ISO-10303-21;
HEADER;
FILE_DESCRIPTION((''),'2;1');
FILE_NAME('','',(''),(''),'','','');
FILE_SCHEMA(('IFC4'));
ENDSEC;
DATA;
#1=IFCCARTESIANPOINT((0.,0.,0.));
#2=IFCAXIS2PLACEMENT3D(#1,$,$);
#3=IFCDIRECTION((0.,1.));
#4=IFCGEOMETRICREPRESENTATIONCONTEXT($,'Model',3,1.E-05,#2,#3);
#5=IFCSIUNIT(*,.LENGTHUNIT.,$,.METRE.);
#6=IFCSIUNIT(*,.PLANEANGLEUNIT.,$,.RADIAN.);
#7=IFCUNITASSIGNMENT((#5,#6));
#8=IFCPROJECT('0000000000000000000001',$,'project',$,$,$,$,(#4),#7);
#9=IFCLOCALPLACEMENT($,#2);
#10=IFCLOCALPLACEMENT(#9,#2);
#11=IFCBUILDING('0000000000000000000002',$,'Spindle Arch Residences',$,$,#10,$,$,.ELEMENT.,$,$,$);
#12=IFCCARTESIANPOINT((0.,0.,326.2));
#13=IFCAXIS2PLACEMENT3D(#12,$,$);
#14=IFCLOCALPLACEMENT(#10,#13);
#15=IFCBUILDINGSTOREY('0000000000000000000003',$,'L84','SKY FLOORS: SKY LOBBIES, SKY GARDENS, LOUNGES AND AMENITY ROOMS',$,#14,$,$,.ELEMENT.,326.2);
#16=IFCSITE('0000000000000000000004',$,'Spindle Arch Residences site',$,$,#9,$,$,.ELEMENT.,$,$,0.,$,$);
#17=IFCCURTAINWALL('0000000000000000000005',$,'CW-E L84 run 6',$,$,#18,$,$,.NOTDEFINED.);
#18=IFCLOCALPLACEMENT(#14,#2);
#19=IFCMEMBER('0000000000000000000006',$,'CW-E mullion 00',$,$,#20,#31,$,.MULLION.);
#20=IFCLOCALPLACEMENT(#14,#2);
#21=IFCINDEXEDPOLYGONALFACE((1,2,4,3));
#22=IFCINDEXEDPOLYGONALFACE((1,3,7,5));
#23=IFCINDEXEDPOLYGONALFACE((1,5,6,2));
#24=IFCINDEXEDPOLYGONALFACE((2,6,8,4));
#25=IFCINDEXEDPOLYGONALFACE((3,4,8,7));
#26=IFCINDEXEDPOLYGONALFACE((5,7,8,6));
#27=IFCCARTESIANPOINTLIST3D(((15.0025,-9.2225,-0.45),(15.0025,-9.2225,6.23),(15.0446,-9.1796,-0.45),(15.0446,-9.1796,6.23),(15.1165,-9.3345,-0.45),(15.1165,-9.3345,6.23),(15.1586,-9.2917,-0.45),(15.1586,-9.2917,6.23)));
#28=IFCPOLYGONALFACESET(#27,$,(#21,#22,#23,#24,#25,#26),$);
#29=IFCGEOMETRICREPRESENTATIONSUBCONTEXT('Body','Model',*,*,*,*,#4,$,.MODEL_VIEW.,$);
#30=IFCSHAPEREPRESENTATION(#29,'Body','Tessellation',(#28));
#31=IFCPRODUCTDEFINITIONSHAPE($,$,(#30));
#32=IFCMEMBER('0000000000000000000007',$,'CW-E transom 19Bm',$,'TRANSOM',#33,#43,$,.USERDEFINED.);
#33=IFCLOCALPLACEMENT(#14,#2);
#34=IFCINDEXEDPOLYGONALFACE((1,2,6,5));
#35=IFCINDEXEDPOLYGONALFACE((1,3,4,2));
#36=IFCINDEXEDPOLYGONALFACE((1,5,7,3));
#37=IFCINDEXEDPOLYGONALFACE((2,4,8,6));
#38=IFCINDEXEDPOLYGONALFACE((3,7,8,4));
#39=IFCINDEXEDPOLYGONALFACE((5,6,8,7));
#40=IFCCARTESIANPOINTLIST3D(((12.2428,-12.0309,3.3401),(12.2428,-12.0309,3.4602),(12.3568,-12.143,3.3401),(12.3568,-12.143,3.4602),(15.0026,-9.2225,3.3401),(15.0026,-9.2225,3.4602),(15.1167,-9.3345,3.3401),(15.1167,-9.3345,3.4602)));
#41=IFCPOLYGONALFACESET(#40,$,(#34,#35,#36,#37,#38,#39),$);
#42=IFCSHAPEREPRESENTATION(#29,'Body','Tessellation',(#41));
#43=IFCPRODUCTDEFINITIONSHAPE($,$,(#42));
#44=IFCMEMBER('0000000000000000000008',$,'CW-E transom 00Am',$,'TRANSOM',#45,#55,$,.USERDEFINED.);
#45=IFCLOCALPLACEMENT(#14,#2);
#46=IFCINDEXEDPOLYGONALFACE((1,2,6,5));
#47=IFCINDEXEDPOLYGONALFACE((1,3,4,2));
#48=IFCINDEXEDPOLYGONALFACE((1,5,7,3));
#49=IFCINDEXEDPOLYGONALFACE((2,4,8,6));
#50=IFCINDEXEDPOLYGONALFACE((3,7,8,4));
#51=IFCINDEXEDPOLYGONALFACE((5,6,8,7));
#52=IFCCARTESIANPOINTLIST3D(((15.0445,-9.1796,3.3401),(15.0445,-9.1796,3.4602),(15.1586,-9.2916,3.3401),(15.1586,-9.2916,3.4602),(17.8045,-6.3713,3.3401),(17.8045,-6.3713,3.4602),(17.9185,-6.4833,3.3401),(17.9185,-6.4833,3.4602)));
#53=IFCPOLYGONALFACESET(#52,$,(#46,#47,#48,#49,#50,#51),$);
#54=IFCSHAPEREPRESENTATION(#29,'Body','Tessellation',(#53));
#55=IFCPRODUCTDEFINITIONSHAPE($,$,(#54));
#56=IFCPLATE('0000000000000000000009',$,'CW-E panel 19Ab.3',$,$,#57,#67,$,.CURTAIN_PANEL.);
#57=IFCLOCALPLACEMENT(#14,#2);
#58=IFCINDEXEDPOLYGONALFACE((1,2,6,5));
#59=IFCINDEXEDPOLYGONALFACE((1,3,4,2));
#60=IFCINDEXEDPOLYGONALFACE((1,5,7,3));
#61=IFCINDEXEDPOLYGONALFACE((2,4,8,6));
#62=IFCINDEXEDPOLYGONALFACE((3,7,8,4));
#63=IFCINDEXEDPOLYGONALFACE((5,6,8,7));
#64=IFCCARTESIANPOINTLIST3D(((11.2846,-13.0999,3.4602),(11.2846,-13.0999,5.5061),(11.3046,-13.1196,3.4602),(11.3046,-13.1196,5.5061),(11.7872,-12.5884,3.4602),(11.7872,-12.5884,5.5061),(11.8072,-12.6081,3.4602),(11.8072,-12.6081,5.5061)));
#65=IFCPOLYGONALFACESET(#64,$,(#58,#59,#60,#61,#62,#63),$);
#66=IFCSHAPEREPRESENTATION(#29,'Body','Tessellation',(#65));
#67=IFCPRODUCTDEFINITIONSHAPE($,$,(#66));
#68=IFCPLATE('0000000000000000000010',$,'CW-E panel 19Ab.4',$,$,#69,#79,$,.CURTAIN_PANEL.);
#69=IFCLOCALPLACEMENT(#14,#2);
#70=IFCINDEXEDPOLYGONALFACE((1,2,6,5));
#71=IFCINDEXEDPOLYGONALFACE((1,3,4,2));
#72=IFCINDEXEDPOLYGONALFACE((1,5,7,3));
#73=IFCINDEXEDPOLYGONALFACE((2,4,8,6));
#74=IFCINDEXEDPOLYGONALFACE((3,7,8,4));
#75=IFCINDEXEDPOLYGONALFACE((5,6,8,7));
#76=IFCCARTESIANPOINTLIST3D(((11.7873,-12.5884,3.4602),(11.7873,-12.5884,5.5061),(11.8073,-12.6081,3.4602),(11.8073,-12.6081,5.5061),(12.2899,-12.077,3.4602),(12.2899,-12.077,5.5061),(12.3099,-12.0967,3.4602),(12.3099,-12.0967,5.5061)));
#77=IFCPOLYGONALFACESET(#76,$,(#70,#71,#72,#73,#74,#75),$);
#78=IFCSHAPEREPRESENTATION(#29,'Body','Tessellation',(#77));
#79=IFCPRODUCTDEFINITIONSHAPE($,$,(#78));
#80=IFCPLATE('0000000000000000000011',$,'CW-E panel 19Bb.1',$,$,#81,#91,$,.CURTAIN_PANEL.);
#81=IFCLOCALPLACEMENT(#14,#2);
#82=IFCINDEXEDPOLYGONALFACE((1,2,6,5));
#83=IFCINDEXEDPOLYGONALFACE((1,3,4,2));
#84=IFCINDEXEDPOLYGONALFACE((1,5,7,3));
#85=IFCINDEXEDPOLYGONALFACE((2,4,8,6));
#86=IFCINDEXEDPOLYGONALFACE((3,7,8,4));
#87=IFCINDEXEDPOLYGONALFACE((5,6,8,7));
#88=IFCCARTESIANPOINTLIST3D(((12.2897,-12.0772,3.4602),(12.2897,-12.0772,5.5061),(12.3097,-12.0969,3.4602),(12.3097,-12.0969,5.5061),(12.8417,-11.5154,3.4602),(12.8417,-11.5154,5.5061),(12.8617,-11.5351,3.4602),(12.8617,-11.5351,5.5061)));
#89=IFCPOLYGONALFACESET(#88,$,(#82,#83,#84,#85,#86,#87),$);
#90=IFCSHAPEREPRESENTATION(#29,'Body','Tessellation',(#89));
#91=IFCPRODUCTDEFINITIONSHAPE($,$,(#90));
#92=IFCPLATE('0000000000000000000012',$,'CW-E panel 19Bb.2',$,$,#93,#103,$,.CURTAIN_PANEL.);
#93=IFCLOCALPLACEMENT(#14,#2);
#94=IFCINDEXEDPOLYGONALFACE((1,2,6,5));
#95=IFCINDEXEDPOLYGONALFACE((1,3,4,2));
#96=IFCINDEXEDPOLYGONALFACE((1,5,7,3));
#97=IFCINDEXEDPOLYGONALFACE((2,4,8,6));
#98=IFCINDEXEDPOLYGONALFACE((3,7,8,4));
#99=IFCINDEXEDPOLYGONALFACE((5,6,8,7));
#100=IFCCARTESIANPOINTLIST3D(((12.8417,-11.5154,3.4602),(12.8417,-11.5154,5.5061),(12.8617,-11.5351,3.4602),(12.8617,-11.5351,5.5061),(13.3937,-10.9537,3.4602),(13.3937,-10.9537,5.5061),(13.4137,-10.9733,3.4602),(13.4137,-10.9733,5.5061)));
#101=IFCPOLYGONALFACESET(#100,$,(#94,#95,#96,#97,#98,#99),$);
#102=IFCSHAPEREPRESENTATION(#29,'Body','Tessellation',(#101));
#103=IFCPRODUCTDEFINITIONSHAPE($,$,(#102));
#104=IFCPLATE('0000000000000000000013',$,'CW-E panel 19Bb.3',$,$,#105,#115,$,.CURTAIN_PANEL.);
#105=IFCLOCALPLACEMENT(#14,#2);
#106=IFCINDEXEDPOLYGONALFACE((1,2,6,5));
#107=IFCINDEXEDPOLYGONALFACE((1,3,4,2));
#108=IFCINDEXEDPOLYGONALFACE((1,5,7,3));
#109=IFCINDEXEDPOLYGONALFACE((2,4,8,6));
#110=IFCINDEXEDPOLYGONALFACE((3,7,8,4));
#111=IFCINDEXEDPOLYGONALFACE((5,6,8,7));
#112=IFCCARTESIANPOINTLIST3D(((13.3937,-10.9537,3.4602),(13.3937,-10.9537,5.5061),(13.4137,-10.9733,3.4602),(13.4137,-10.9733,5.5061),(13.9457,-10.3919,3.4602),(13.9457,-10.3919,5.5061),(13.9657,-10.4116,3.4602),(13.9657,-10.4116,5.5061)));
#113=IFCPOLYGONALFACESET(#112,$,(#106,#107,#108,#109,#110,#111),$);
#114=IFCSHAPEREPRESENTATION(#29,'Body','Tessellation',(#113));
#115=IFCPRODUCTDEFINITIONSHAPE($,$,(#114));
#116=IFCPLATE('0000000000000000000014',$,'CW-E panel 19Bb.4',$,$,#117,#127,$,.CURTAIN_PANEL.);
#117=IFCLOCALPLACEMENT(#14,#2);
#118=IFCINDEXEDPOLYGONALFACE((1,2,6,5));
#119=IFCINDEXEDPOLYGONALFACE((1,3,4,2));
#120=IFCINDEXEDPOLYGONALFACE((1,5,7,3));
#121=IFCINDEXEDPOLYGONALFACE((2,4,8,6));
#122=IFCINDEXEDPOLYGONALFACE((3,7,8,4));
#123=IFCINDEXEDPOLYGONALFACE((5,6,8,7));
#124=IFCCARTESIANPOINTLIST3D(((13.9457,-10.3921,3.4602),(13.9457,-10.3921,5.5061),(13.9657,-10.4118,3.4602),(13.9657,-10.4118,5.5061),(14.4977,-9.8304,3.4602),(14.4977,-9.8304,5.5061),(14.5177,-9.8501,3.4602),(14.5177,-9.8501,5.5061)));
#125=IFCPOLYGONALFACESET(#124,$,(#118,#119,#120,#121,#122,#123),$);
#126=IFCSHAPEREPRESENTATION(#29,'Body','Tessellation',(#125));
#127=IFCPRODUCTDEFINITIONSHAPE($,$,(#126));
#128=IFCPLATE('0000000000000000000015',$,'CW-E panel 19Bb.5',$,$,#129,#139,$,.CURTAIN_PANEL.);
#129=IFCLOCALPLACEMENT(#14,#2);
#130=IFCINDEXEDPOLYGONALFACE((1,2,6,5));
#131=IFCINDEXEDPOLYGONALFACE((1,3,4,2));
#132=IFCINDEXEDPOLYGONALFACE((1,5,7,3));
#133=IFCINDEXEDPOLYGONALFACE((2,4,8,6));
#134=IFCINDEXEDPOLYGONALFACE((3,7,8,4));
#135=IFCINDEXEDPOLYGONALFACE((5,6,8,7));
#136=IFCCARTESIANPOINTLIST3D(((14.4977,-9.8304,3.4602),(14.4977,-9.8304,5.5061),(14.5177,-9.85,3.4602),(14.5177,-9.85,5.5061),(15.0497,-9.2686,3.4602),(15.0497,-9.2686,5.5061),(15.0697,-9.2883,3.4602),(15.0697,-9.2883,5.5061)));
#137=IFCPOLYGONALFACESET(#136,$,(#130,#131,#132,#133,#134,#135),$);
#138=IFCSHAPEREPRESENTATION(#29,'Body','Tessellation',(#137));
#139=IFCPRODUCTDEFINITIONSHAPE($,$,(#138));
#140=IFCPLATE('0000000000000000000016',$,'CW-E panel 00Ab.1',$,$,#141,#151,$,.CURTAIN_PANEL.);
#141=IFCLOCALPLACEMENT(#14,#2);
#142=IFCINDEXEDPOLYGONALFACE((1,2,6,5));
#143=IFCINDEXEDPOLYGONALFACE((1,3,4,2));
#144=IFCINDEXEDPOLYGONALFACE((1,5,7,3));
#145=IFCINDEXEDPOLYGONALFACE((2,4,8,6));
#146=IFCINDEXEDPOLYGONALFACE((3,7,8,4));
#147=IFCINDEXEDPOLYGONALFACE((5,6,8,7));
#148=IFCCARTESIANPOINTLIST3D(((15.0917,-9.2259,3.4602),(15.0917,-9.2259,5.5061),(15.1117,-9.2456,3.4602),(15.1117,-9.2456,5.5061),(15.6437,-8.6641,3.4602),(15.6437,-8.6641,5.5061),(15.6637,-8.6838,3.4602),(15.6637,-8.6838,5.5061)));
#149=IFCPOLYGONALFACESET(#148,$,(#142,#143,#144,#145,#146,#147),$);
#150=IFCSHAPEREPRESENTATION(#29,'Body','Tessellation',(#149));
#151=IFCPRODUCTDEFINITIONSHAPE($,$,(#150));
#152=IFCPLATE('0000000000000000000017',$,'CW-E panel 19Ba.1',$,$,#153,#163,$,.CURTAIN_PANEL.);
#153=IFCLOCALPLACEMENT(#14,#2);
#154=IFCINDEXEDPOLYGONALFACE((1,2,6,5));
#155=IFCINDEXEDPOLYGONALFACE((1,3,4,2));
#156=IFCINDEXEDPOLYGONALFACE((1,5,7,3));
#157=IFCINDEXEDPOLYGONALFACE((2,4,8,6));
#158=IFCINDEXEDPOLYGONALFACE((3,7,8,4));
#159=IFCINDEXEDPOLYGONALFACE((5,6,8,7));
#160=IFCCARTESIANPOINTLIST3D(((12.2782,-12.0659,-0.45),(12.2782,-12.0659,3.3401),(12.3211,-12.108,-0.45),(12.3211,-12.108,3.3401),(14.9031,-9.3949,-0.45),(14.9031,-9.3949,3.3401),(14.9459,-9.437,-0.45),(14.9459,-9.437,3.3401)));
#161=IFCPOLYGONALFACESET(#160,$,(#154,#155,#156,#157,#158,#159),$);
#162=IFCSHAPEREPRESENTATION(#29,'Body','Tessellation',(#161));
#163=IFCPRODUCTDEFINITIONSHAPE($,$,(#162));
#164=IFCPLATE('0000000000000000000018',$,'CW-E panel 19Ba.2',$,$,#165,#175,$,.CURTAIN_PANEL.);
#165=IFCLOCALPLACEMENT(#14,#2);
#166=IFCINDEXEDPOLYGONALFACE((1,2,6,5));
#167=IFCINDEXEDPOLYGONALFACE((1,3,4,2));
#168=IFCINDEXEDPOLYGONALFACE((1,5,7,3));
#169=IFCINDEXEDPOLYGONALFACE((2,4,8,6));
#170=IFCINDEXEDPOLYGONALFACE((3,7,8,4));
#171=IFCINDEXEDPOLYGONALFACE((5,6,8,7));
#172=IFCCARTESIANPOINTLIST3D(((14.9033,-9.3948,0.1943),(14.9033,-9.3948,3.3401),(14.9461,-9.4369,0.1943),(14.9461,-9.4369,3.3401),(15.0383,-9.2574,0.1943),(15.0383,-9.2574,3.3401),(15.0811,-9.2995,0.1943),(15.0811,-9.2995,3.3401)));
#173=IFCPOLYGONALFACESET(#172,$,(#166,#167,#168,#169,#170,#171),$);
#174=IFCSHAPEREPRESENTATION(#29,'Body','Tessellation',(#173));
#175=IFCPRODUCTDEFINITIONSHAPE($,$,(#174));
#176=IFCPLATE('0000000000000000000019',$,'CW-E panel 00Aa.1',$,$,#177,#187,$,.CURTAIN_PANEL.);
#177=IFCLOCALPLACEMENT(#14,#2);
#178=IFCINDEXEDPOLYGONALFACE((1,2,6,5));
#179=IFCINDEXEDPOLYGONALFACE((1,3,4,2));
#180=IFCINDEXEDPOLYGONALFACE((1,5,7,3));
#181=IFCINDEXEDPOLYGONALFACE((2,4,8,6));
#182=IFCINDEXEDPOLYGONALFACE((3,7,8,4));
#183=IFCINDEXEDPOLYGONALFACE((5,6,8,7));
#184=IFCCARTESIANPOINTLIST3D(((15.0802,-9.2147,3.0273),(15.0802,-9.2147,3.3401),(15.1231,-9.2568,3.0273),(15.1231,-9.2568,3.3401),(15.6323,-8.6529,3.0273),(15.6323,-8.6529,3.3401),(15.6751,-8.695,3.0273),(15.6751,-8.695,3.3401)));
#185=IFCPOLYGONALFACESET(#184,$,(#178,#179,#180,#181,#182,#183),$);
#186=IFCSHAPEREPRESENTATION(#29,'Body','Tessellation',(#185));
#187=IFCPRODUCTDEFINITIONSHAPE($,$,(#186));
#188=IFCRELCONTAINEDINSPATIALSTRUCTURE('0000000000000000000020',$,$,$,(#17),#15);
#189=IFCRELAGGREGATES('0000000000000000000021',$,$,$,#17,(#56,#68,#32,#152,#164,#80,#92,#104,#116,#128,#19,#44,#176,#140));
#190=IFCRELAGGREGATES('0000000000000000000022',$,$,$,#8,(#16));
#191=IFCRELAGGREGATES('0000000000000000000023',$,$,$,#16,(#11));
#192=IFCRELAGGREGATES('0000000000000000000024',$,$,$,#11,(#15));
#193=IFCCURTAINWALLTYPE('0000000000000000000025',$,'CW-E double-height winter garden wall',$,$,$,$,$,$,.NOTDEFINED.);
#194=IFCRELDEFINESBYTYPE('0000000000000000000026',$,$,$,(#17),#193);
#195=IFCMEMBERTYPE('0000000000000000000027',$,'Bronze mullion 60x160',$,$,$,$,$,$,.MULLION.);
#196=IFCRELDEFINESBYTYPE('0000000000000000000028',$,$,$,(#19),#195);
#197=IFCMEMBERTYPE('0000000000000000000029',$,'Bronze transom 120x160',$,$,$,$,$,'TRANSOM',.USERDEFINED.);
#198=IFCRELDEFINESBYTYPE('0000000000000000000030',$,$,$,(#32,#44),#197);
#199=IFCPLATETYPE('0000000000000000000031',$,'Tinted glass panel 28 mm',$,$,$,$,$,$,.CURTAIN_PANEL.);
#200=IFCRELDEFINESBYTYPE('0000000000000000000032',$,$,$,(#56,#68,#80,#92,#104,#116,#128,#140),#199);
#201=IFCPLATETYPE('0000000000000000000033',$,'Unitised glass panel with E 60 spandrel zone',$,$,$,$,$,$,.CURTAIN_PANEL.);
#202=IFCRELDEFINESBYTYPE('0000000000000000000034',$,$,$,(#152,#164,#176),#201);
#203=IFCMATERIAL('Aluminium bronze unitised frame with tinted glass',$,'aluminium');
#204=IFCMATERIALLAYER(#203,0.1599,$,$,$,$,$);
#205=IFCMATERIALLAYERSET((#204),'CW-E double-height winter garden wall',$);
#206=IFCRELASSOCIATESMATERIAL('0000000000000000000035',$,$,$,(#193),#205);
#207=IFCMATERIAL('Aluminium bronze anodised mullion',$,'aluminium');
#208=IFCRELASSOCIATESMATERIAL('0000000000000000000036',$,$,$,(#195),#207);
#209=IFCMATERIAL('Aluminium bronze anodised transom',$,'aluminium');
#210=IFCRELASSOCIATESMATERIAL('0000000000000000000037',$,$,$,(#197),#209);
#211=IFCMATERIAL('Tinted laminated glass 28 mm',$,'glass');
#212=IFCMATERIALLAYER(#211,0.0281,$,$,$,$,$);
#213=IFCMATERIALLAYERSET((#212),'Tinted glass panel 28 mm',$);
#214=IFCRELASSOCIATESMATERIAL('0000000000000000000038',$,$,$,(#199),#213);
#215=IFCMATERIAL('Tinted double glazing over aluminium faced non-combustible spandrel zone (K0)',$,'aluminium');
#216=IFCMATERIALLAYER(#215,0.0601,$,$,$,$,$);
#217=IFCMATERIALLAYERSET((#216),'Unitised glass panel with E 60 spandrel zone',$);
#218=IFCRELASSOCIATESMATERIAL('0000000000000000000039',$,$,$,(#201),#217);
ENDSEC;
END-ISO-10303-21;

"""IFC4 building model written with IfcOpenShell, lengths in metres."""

from ifc_helpers import new_model, si_unit, direction, frame, origin, origin_2d, place, context, subcontext, project, spatial, rectangle, extrude, material, layer, layer_set, material_profile, profile_set, type_object, element, aggregate, save


model = new_model("IFC4")

# Units and contexts
model_context = context("Model", 3, precision=1e-05, world=origin(), true_north=direction((0.0, 1.0)))
body_context = subcontext(model_context, "Body", "Model", "MODEL_VIEW")
ifc_project = project(units=[si_unit("LENGTHUNIT", "METRE"), si_unit("PLANEANGLEUNIT", "RADIAN")], contexts=[model_context])

# Site, building, storey
site_placement = place(None, origin())
site = spatial("IfcSite", under=ifc_project, at=site_placement, Name="Spindle Arch Residences site", CompositionType="ELEMENT", RefElevation=0.0)
building_placement = place(site_placement, origin())
building = spatial("IfcBuilding", under=site, at=building_placement, Name="Spindle Arch Residences", CompositionType="ELEMENT")
storey_placement = place(building_placement, frame((0.0, 0.0, 326.2)))
storey = spatial("IfcBuildingStorey", under=building, at=storey_placement, Name="L84", Description="SKY FLOORS: SKY LOBBIES, SKY GARDENS, LOUNGES AND AMENITY ROOMS", CompositionType="ELEMENT", Elevation=326.2)

# Curtain wall, members, plates
ifc_material_1 = material(Name="Aluminium bronze unitised frame with tinted glass", Category="aluminium")
ifc_layer_1 = layer(ifc_material_1, 0.1599)
ifc_layer_set_1 = layer_set([ifc_layer_1], Name="CW-E double-height winter garden wall")
curtain_wall_type = type_object("IfcCurtainWallType", Name="CW-E double-height winter garden wall", PredefinedType="NOTDEFINED", material=ifc_layer_set_1)
curtain_wall_placement = place(storey_placement, origin())
curtain_wall = element("IfcCurtainWall", 1, at=curtain_wall_placement, inside=storey, type_object=curtain_wall_type, Name="CW-E L84 run 6", PredefinedType="NOTDEFINED")
ifc_material_2 = material(Name="Aluminium bronze anodised mullion", Category="aluminium")
ifc_material_profile_1 = material_profile(ifc_material_2, rectangle(XDim=0.1599, YDim=0.0601, at=origin_2d()), Name="MU 60x160")
ifc_profile_set_1 = profile_set([ifc_material_profile_1], Name="Aluminium bronze anodised mullion")
member_type_1 = type_object("IfcMemberType", Name="Bronze mullion 60x160", PredefinedType="MULLION", material=ifc_profile_set_1)
member_1_placement = place(storey_placement, frame((15.0806, -9.2571, -0.45), z_axis=(0.0, 0.0, 1.0), x_axis=(-0.71325, 0.700909, 0.0)))
member_1 = element("IfcMember", 2, at=member_1_placement, type_object=member_type_1, Name="CW-E mullion 00", PredefinedType="MULLION", context=body_context, shape_type="SweptSolid", body=[
    extrude(rectangle(XDim=0.1599, YDim=0.0601, at=origin_2d()), origin(), (0.0, 0.0, 1.0), 6.6799),
])
ifc_material_3 = material(Name="Aluminium bronze anodised transom", Category="aluminium")
ifc_material_profile_2 = material_profile(ifc_material_3, rectangle(XDim=0.1599, YDim=0.1201, at=origin_2d()), Name="TR 120x160")
ifc_profile_set_2 = profile_set([ifc_material_profile_2], Name="Aluminium bronze anodised transom")
member_type_2 = type_object("IfcMemberType", Name="Bronze transom 120x160", ElementType="TRANSOM", PredefinedType="USERDEFINED", material=ifc_profile_set_2)
member_2_placement = place(storey_placement, frame((12.2998, -12.0869, 3.4001), z_axis=(0.70091, 0.713249, 0.0), x_axis=(-0.713249, 0.70091, 0.0)))
member_2 = element("IfcMember", 3, at=member_2_placement, type_object=member_type_2, Name="CW-E transom 19Bm", ObjectType="TRANSOM", PredefinedType="USERDEFINED", context=body_context, shape_type="SweptSolid", body=[
    extrude(rectangle(XDim=0.1599, YDim=0.1201, at=origin_2d()), origin(), (0.0, 0.0, 1.0), 3.9375),
])
member_3_placement = place(storey_placement, frame((15.1016, -9.2356, 3.4001), z_axis=(0.700942, 0.713218, 0.0), x_axis=(-0.713218, 0.700942, 0.0)))
member_3 = element("IfcMember", 4, at=member_3_placement, type_object=member_type_2, Name="CW-E transom 00Am", ObjectType="TRANSOM", PredefinedType="USERDEFINED", context=body_context, shape_type="SweptSolid", body=[
    extrude(rectangle(XDim=0.1599, YDim=0.1201, at=origin_2d()), origin(), (0.0, 0.0, 1.0), 3.9375),
])
ifc_material_4 = material(Name="Tinted laminated glass 28 mm", Category="glass")
ifc_layer_2 = layer(ifc_material_4, 0.0281)
ifc_layer_set_2 = layer_set([ifc_layer_2], Name="Tinted glass panel 28 mm")
plate_type_1 = type_object("IfcPlateType", Name="Tinted glass panel 28 mm", PredefinedType="CURTAIN_PANEL", material=ifc_layer_set_2)
plate_1_placement = place(storey_placement, frame((11.5459, -12.854, 3.4602), z_axis=(0.0, 0.0, 1.0), x_axis=(0.700909, 0.71325, 0.0)))
plate_1 = element("IfcPlate", 5, at=plate_1_placement, type_object=plate_type_1, Name="CW-E panel 19Ab.3", PredefinedType="CURTAIN_PANEL", context=body_context, shape_type="SweptSolid", body=[
    extrude(rectangle(XDim=0.717, YDim=0.0281, at=origin_2d()), origin(), (0.0, 0.0, 1.0), 2.0459),
])
plate_2_placement = place(storey_placement, frame((12.0486, -12.3425, 3.4602), z_axis=(0.0, 0.0, 1.0), x_axis=(0.700909, 0.71325, 0.0)))
plate_2 = element("IfcPlate", 6, at=plate_2_placement, type_object=plate_type_1, Name="CW-E panel 19Ab.4", PredefinedType="CURTAIN_PANEL", context=body_context, shape_type="SweptSolid", body=[
    extrude(rectangle(XDim=0.717, YDim=0.0281, at=origin_2d()), origin(), (0.0, 0.0, 1.0), 2.0459),
])
plate_3_placement = place(storey_placement, frame((12.5757, -11.8062, 3.4602), z_axis=(0.0, 0.0, 1.0), x_axis=(0.700909, 0.71325, 0.0)))
plate_3 = element("IfcPlate", 7, at=plate_3_placement, type_object=plate_type_1, Name="CW-E panel 19Bb.1", PredefinedType="CURTAIN_PANEL", context=body_context, shape_type="SweptSolid", body=[
    extrude(rectangle(XDim=0.7876, YDim=0.0281, at=origin_2d()), origin(), (0.0, 0.0, 1.0), 2.0459),
])
plate_4_placement = place(storey_placement, frame((13.1277, -11.2444, 3.4602), z_axis=(0.0, 0.0, 1.0), x_axis=(0.700909, 0.71325, 0.0)))
plate_4 = element("IfcPlate", 8, at=plate_4_placement, type_object=plate_type_1, Name="CW-E panel 19Bb.2", PredefinedType="CURTAIN_PANEL", context=body_context, shape_type="SweptSolid", body=[
    extrude(rectangle(XDim=0.7876, YDim=0.0281, at=origin_2d()), origin(), (0.0, 0.0, 1.0), 2.0459),
])
plate_5_placement = place(storey_placement, frame((13.6797, -10.6826, 3.4602), z_axis=(0.0, 0.0, 1.0), x_axis=(0.700909, 0.71325, 0.0)))
plate_5 = element("IfcPlate", 9, at=plate_5_placement, type_object=plate_type_1, Name="CW-E panel 19Bb.3", PredefinedType="CURTAIN_PANEL", context=body_context, shape_type="SweptSolid", body=[
    extrude(rectangle(XDim=0.7876, YDim=0.0281, at=origin_2d()), origin(), (0.0, 0.0, 1.0), 2.0459),
])
plate_6_placement = place(storey_placement, frame((14.2317, -10.1211, 3.4602), z_axis=(0.0, 0.0, 1.0), x_axis=(0.700909, 0.71325, 0.0)))
plate_6 = element("IfcPlate", 10, at=plate_6_placement, type_object=plate_type_1, Name="CW-E panel 19Bb.4", PredefinedType="CURTAIN_PANEL", context=body_context, shape_type="SweptSolid", body=[
    extrude(rectangle(XDim=0.7876, YDim=0.0281, at=origin_2d()), origin(), (0.0, 0.0, 1.0), 2.0459),
])
plate_7_placement = place(storey_placement, frame((14.7837, -9.5593, 3.4602), z_axis=(0.0, 0.0, 1.0), x_axis=(0.700909, 0.71325, 0.0)))
plate_7 = element("IfcPlate", 11, at=plate_7_placement, type_object=plate_type_1, Name="CW-E panel 19Bb.5", PredefinedType="CURTAIN_PANEL", context=body_context, shape_type="SweptSolid", body=[
    extrude(rectangle(XDim=0.7876, YDim=0.0281, at=origin_2d()), origin(), (0.0, 0.0, 1.0), 2.0459),
])
plate_8_placement = place(storey_placement, frame((15.3777, -8.9548, 3.4602), z_axis=(0.0, 0.0, 1.0), x_axis=(0.700909, 0.71325, 0.0)))
plate_8 = element("IfcPlate", 12, at=plate_8_placement, type_object=plate_type_1, Name="CW-E panel 00Ab.1", PredefinedType="CURTAIN_PANEL", context=body_context, shape_type="SweptSolid", body=[
    extrude(rectangle(XDim=0.7876, YDim=0.0281, at=origin_2d()), origin(), (0.0, 0.0, 1.0), 2.0459),
])
ifc_material_5 = material(Name="Tinted double glazing over aluminium faced non-combustible spandrel zone (K0)", Category="aluminium")
ifc_layer_3 = layer(ifc_material_5, 0.0601)
ifc_layer_set_3 = layer_set([ifc_layer_3], Name="Unitised glass panel with E 60 spandrel zone")
plate_type_2 = type_object("IfcPlateType", Name="Unitised glass panel with E 60 spandrel zone", PredefinedType="CURTAIN_PANEL", material=ifc_layer_set_3)
plate_9_placement = place(storey_placement, frame((13.6121, -10.7515, -0.45), z_axis=(0.0, 0.0, 1.0), x_axis=(0.700909, 0.71325, 0.0)))
plate_9 = element("IfcPlate", 13, at=plate_9_placement, type_object=plate_type_2, Name="CW-E panel 19Ba.1", PredefinedType="CURTAIN_PANEL", context=body_context, shape_type="SweptSolid", body=[
    extrude(rectangle(XDim=3.7449, YDim=0.0601, at=origin_2d()), origin(), (0.0, 0.0, 1.0), 3.79),
])
plate_10_placement = place(storey_placement, frame((14.9922, -9.3472, 0.1943), z_axis=(0.0, 0.0, 1.0), x_axis=(0.700909, 0.71325, 0.0)))
plate_10 = element("IfcPlate", 14, at=plate_10_placement, type_object=plate_type_2, Name="CW-E panel 19Ba.2", PredefinedType="CURTAIN_PANEL", context=body_context, shape_type="SweptSolid", body=[
    extrude(rectangle(XDim=0.1926, YDim=0.0601, at=origin_2d()), origin(), (0.0, 0.0, 1.0), 3.1458),
])
plate_11_placement = place(storey_placement, frame((15.3777, -8.9548, 3.0273), z_axis=(0.0, 0.0, 1.0), x_axis=(0.700909, 0.71325, 0.0)))
plate_11 = element("IfcPlate", 15, at=plate_11_placement, type_object=plate_type_2, Name="CW-E panel 00Aa.1", PredefinedType="CURTAIN_PANEL", context=body_context, shape_type="SweptSolid", body=[
    extrude(rectangle(XDim=0.7876, YDim=0.0601, at=origin_2d()), origin(), (0.0, 0.0, 1.0), 0.3127),
])
aggregate(curtain_wall, [plate_1, plate_2, member_2, plate_9, plate_10, plate_3, plate_4, plate_5, plate_6, plate_7, member_1, member_3, plate_11, plate_8])

save(model, "model.ifc")
